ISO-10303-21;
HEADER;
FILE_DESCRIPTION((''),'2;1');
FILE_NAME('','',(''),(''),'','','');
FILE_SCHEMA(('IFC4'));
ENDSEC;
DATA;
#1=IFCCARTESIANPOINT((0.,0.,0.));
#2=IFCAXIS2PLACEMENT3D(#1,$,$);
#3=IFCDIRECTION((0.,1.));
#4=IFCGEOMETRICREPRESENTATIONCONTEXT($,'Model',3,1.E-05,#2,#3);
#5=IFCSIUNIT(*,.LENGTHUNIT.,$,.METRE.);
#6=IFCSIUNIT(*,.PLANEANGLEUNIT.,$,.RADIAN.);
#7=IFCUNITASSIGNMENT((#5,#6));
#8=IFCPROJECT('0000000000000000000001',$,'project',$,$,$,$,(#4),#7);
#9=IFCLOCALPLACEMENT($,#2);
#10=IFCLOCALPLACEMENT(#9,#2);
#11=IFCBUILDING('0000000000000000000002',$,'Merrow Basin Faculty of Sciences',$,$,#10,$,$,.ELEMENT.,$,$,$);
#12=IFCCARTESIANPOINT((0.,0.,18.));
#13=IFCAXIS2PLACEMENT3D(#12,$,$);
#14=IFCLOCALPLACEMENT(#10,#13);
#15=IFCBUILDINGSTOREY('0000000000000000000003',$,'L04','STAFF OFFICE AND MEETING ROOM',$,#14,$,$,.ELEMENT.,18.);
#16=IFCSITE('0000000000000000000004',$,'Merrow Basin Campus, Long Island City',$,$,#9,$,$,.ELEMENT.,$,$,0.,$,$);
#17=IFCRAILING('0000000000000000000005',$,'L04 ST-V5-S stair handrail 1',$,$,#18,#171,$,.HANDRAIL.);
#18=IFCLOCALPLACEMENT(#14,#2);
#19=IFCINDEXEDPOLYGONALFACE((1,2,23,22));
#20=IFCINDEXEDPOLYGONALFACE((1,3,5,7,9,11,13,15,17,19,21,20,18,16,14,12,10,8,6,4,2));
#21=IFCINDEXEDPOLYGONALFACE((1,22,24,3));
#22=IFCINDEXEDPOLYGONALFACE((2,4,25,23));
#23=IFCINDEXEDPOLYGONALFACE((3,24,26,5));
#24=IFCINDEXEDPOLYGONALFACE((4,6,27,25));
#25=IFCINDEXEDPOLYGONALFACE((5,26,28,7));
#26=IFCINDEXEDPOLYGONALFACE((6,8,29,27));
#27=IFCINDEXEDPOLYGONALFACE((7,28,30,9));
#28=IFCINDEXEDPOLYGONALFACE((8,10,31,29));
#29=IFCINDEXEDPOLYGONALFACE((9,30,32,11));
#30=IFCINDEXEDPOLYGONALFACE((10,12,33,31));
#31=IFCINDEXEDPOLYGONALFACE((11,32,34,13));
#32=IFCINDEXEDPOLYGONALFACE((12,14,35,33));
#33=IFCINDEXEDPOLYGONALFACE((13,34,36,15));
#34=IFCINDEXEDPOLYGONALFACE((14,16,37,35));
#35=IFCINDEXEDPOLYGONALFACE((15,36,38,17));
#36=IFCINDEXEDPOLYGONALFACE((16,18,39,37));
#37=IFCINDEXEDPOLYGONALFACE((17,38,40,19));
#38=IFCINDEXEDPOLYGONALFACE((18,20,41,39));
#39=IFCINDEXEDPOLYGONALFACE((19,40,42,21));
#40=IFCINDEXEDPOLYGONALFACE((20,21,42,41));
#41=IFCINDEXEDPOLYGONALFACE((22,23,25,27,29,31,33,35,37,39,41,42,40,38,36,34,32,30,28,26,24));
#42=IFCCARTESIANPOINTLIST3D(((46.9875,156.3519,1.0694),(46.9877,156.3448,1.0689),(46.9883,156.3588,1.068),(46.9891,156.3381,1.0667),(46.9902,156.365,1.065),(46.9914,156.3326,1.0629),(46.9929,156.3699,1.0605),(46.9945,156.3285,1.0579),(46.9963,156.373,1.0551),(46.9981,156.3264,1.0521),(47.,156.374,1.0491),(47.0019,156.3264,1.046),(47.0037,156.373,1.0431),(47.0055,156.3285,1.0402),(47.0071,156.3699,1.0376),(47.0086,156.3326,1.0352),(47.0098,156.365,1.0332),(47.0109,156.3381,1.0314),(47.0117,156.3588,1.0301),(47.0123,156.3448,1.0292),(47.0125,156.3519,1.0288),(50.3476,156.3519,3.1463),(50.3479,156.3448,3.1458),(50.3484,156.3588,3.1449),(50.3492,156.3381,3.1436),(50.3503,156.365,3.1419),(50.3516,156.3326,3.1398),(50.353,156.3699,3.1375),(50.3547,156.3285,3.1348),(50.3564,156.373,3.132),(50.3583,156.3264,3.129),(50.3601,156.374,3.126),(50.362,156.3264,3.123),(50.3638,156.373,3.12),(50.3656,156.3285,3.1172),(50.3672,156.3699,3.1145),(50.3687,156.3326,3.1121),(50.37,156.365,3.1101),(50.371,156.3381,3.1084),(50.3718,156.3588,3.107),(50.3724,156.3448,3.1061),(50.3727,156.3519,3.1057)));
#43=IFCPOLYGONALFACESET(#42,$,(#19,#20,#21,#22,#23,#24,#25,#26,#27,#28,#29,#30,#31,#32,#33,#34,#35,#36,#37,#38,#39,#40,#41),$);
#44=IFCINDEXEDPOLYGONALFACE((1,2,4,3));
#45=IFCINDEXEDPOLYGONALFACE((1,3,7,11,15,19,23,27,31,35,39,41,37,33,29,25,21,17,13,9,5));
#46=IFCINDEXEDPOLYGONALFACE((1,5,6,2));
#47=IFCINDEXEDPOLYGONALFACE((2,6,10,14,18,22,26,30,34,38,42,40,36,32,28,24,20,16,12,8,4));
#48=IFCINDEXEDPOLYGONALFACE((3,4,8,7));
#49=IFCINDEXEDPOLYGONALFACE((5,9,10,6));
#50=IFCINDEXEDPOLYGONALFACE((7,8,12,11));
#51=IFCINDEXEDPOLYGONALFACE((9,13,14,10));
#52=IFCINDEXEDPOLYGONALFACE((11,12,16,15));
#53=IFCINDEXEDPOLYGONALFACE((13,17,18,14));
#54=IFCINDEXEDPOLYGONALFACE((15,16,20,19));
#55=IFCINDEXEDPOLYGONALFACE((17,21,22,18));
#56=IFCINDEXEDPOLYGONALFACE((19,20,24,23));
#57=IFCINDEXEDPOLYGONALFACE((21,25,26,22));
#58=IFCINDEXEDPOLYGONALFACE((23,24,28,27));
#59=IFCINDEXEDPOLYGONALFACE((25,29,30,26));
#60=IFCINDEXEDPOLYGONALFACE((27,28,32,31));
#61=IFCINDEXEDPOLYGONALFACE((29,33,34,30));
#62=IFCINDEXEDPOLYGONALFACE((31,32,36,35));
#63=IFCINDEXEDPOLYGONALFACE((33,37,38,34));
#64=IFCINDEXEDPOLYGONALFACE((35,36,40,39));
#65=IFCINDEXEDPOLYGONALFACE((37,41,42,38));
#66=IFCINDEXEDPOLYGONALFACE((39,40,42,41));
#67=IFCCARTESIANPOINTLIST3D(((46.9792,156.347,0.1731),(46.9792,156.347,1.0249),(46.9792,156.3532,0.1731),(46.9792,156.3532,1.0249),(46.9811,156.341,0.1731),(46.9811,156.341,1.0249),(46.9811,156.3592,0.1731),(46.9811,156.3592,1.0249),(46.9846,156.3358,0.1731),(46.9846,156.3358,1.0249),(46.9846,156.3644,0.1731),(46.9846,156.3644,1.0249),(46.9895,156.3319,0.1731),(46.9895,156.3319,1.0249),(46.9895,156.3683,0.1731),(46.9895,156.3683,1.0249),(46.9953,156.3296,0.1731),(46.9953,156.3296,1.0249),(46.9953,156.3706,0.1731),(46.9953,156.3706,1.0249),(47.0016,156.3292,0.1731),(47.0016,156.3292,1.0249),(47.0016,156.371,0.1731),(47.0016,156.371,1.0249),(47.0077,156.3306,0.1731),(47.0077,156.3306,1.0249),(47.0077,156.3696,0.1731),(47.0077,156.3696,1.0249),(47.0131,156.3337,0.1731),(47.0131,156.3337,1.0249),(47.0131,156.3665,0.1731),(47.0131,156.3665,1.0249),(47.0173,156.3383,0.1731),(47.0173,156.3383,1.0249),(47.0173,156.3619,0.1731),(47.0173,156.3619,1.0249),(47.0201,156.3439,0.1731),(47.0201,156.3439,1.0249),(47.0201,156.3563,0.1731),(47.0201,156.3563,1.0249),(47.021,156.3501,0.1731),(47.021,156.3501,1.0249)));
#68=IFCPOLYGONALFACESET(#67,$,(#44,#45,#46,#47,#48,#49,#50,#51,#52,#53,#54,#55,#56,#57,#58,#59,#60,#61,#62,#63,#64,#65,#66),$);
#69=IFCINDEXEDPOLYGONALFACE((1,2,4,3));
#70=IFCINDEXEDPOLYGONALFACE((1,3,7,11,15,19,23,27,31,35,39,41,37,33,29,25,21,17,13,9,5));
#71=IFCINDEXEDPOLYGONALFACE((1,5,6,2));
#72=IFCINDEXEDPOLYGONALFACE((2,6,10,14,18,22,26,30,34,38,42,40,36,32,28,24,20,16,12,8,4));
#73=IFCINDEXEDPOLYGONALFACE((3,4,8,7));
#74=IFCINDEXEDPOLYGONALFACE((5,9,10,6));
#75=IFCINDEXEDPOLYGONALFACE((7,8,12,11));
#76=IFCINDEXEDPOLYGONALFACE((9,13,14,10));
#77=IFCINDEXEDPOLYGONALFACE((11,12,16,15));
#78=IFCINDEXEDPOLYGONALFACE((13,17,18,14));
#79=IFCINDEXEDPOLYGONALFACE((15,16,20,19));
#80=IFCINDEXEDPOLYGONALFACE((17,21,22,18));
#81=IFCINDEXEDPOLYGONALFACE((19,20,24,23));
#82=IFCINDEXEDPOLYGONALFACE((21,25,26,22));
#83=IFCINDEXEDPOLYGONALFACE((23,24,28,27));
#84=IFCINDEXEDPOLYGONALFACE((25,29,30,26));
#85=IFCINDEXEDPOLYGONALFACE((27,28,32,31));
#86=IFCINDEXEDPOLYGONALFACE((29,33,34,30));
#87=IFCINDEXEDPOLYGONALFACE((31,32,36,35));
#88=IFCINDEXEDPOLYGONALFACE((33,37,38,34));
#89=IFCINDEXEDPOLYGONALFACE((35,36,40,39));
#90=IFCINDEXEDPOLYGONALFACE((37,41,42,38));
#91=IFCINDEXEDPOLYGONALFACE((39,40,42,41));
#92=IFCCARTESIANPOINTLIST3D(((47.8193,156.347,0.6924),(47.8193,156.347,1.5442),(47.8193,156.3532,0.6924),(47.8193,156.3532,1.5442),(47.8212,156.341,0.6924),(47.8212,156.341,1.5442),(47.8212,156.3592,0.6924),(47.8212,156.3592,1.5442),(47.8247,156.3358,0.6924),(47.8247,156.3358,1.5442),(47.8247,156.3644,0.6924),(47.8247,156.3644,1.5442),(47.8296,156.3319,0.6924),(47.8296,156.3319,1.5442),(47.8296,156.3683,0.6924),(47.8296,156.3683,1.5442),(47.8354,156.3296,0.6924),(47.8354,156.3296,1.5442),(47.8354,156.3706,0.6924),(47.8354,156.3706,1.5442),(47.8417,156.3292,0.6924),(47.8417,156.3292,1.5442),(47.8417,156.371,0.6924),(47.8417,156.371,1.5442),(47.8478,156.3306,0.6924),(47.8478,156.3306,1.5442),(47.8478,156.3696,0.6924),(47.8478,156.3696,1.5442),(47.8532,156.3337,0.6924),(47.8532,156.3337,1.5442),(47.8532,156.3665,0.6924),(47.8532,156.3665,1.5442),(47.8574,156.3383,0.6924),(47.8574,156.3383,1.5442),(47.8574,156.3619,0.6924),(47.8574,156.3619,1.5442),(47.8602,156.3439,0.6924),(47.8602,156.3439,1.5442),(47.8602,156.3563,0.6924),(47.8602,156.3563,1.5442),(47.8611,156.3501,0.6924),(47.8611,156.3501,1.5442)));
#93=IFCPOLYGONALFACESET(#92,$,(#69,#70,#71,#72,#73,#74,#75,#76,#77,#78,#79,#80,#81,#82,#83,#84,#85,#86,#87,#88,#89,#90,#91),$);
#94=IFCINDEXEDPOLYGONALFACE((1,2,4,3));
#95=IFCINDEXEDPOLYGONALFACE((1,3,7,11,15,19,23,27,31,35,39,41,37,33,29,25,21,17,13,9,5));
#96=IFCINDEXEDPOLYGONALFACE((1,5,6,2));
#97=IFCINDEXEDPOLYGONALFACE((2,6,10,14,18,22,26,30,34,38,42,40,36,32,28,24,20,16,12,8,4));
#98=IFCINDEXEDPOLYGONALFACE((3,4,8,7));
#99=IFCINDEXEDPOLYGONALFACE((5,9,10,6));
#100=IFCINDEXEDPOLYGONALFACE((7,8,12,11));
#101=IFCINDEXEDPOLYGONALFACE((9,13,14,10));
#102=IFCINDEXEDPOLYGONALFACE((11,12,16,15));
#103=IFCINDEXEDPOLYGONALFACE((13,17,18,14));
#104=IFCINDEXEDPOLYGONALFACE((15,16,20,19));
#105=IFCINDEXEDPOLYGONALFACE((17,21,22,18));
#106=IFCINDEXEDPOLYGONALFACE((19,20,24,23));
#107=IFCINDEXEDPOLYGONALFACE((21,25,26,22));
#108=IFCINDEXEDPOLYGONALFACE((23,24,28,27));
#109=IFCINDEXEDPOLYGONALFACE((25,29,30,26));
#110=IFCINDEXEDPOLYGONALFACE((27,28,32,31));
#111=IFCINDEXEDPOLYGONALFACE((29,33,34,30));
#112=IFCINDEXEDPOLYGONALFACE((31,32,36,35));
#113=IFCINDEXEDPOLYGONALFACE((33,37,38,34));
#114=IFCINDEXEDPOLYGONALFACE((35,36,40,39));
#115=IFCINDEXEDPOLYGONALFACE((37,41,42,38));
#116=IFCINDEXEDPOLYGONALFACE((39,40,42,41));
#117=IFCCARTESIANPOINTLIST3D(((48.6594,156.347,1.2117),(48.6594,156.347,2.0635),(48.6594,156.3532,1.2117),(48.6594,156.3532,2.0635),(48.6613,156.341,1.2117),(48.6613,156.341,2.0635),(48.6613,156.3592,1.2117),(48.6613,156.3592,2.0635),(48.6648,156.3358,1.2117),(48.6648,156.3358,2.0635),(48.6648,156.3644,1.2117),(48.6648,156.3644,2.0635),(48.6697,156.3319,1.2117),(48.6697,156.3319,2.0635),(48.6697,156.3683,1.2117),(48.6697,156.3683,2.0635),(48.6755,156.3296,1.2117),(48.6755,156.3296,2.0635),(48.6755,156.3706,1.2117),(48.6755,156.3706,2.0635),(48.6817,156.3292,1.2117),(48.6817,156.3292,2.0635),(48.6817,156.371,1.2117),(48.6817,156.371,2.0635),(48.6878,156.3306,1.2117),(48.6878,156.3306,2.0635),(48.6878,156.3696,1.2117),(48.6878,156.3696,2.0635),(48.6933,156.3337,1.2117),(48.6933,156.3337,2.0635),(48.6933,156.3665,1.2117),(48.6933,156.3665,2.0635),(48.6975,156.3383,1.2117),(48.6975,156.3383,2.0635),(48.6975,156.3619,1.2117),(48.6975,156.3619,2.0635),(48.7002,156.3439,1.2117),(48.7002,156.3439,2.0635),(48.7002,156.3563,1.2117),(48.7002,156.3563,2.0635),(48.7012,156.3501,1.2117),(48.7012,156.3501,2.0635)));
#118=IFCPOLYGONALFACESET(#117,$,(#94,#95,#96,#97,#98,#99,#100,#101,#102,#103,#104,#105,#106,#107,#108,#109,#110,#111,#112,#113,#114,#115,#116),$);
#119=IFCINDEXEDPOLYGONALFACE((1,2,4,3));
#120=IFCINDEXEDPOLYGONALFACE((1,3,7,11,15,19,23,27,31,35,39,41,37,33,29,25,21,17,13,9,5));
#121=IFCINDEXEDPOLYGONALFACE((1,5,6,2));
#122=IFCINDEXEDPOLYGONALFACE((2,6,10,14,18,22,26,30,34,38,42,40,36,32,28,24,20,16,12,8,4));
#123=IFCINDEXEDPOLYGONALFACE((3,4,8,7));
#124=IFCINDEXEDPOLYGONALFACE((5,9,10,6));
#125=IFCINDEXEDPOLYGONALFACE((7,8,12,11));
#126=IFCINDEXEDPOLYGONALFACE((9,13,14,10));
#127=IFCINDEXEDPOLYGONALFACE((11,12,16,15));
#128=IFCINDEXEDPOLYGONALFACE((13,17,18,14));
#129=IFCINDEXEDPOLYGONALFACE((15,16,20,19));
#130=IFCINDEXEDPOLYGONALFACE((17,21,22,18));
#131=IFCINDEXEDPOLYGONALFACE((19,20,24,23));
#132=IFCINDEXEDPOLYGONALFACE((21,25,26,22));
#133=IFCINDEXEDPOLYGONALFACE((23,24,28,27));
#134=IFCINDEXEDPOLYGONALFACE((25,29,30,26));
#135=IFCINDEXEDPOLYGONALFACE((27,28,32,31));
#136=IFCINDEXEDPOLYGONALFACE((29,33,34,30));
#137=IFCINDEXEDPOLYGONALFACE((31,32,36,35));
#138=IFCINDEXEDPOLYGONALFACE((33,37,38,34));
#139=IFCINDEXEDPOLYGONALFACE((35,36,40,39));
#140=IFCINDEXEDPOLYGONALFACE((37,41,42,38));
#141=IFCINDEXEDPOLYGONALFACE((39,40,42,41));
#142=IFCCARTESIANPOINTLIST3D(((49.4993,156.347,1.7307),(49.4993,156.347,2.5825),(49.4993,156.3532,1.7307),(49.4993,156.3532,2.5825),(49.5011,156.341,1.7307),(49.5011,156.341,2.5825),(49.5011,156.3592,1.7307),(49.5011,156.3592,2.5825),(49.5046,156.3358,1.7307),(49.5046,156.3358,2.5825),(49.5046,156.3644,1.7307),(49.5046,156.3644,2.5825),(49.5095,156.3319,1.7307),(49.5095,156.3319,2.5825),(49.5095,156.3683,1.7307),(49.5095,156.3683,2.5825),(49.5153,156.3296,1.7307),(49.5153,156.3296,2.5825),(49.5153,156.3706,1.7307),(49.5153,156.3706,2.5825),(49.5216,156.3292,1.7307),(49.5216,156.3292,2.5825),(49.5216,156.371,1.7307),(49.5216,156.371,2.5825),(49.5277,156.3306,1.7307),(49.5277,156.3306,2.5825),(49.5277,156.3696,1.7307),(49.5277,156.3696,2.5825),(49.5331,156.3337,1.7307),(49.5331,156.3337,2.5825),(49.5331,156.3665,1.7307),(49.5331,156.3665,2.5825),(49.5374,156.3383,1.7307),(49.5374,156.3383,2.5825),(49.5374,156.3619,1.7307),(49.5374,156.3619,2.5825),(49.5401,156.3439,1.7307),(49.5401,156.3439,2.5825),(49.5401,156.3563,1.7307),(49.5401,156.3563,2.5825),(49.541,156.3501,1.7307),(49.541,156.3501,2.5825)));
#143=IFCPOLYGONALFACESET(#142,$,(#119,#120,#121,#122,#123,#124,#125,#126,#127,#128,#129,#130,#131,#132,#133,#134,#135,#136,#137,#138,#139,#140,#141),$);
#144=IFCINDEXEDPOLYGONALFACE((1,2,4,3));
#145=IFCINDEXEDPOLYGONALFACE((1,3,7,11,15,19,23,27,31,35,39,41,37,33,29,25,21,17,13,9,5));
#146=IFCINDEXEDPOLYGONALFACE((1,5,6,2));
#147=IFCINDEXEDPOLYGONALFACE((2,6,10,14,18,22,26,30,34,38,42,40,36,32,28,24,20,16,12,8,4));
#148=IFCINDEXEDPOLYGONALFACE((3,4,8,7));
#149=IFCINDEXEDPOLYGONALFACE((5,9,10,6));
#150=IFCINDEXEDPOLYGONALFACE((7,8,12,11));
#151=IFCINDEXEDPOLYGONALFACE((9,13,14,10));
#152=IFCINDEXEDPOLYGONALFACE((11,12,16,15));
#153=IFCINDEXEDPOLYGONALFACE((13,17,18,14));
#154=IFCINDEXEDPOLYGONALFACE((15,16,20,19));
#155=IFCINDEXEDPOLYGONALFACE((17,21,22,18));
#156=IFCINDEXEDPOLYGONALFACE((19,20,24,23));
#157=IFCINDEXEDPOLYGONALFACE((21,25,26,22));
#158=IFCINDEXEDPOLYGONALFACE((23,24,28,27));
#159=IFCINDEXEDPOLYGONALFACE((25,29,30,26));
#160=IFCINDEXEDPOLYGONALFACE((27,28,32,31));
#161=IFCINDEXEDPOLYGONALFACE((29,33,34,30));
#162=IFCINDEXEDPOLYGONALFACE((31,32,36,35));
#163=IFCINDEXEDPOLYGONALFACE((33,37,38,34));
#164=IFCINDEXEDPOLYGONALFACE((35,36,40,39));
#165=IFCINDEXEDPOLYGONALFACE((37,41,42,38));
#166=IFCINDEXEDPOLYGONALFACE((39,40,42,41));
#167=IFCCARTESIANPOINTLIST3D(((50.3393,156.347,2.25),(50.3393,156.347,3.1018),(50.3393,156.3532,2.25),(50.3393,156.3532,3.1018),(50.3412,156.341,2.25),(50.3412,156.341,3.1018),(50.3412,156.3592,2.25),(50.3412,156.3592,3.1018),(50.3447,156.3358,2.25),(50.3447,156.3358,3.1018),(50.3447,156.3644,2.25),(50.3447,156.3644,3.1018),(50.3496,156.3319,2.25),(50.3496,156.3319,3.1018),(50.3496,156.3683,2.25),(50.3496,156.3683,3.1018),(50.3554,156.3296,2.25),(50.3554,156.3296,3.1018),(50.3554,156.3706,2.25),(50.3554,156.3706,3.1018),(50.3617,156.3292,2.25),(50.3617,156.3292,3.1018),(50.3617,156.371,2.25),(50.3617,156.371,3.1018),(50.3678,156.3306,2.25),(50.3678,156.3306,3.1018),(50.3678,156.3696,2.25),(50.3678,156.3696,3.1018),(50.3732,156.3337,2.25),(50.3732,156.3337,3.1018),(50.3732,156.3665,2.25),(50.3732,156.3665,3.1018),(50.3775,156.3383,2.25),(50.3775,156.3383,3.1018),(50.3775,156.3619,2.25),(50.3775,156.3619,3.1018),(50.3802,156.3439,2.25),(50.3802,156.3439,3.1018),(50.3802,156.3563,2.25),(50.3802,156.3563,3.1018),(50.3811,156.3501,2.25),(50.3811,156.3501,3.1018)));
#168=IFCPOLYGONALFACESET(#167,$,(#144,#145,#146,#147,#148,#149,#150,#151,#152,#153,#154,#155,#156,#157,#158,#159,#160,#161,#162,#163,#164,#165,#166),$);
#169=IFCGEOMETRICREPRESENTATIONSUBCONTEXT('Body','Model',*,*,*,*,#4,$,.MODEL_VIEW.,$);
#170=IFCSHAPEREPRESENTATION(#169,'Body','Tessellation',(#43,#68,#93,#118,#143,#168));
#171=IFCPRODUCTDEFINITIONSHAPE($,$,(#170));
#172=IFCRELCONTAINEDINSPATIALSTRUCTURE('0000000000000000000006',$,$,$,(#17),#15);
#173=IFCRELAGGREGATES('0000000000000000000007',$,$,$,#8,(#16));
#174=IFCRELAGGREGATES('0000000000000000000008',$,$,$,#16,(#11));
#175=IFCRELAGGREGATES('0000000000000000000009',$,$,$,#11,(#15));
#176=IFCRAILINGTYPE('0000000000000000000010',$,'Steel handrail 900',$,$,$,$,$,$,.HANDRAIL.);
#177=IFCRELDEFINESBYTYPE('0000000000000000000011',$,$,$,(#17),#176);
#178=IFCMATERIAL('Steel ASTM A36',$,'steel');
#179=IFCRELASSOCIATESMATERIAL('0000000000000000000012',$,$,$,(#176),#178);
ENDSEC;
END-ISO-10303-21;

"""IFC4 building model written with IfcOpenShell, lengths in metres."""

from ifc_helpers import new_model, si_unit, direction, frame, origin, origin_2d, place, context, subcontext, project, spatial, circle, extrude, material, type_object, element, save


model = new_model("IFC4")

# Units and contexts
model_context = context("Model", 3, precision=1e-05, world=origin(), true_north=direction((0.0, 1.0)))
body_context = subcontext(model_context, "Body", "Model", "MODEL_VIEW")
ifc_project = project(units=[si_unit("LENGTHUNIT", "METRE"), si_unit("PLANEANGLEUNIT", "RADIAN")], contexts=[model_context])

# Site, building, storey
site_placement = place(None, origin())
site = spatial("IfcSite", under=ifc_project, at=site_placement, Name="Merrow Basin Campus, Long Island City", CompositionType="ELEMENT", RefElevation=0.0)
building_placement = place(site_placement, origin())
building = spatial("IfcBuilding", under=site, at=building_placement, Name="Merrow Basin Faculty of Sciences", CompositionType="ELEMENT")
storey_placement = place(building_placement, frame((0.0, 0.0, 18.0)))
storey = spatial("IfcBuildingStorey", under=building, at=storey_placement, Name="L04", Description="STAFF OFFICE AND MEETING ROOM", CompositionType="ELEMENT", Elevation=18.0)

# Railing
ifc_material_1 = material(Name="Steel ASTM A36", Category="steel")
railing_type_1 = type_object("IfcRailingType", Name="Steel handrail 900", PredefinedType="HANDRAIL", material=ifc_material_1)
railing_1_placement = place(storey_placement, frame((47.0, 156.3501, 0.1731)))
element("IfcRailing", 1, at=railing_1_placement, inside=storey, type_object=railing_type_1, Name="L04 ST-V5-S stair handrail 1", PredefinedType="HANDRAIL", context=body_context, shape_type="SweptSolid", body=[
    extrude(circle(Radius=0.0239, at=origin_2d()), frame((0.0, 0.0, 0.876), z_axis=(0.850623, 0.0, 0.525776), x_axis=(0.0, 1.0, 0.0)), (0.0, 0.0, 1.0), 3.9502),
    extrude(circle(Radius=0.021, at=origin_2d()), origin(), (0.0, 0.0, 1.0), 0.8518),
    extrude(circle(Radius=0.021, at=origin_2d()), frame((0.8401, 0.0, 0.5193)), (0.0, 0.0, 1.0), 0.8518),
    extrude(circle(Radius=0.021, at=origin_2d()), frame((1.6802, 0.0, 1.0386)), (0.0, 0.0, 1.0), 0.8518),
    extrude(circle(Radius=0.021, at=origin_2d()), frame((2.52, 0.0, 1.5576)), (0.0, 0.0, 1.0), 0.8518),
    extrude(circle(Radius=0.021, at=origin_2d()), frame((3.3601, 0.0, 2.0769)), (0.0, 0.0, 1.0), 0.8518),
])

save(model, "model.ifc")
